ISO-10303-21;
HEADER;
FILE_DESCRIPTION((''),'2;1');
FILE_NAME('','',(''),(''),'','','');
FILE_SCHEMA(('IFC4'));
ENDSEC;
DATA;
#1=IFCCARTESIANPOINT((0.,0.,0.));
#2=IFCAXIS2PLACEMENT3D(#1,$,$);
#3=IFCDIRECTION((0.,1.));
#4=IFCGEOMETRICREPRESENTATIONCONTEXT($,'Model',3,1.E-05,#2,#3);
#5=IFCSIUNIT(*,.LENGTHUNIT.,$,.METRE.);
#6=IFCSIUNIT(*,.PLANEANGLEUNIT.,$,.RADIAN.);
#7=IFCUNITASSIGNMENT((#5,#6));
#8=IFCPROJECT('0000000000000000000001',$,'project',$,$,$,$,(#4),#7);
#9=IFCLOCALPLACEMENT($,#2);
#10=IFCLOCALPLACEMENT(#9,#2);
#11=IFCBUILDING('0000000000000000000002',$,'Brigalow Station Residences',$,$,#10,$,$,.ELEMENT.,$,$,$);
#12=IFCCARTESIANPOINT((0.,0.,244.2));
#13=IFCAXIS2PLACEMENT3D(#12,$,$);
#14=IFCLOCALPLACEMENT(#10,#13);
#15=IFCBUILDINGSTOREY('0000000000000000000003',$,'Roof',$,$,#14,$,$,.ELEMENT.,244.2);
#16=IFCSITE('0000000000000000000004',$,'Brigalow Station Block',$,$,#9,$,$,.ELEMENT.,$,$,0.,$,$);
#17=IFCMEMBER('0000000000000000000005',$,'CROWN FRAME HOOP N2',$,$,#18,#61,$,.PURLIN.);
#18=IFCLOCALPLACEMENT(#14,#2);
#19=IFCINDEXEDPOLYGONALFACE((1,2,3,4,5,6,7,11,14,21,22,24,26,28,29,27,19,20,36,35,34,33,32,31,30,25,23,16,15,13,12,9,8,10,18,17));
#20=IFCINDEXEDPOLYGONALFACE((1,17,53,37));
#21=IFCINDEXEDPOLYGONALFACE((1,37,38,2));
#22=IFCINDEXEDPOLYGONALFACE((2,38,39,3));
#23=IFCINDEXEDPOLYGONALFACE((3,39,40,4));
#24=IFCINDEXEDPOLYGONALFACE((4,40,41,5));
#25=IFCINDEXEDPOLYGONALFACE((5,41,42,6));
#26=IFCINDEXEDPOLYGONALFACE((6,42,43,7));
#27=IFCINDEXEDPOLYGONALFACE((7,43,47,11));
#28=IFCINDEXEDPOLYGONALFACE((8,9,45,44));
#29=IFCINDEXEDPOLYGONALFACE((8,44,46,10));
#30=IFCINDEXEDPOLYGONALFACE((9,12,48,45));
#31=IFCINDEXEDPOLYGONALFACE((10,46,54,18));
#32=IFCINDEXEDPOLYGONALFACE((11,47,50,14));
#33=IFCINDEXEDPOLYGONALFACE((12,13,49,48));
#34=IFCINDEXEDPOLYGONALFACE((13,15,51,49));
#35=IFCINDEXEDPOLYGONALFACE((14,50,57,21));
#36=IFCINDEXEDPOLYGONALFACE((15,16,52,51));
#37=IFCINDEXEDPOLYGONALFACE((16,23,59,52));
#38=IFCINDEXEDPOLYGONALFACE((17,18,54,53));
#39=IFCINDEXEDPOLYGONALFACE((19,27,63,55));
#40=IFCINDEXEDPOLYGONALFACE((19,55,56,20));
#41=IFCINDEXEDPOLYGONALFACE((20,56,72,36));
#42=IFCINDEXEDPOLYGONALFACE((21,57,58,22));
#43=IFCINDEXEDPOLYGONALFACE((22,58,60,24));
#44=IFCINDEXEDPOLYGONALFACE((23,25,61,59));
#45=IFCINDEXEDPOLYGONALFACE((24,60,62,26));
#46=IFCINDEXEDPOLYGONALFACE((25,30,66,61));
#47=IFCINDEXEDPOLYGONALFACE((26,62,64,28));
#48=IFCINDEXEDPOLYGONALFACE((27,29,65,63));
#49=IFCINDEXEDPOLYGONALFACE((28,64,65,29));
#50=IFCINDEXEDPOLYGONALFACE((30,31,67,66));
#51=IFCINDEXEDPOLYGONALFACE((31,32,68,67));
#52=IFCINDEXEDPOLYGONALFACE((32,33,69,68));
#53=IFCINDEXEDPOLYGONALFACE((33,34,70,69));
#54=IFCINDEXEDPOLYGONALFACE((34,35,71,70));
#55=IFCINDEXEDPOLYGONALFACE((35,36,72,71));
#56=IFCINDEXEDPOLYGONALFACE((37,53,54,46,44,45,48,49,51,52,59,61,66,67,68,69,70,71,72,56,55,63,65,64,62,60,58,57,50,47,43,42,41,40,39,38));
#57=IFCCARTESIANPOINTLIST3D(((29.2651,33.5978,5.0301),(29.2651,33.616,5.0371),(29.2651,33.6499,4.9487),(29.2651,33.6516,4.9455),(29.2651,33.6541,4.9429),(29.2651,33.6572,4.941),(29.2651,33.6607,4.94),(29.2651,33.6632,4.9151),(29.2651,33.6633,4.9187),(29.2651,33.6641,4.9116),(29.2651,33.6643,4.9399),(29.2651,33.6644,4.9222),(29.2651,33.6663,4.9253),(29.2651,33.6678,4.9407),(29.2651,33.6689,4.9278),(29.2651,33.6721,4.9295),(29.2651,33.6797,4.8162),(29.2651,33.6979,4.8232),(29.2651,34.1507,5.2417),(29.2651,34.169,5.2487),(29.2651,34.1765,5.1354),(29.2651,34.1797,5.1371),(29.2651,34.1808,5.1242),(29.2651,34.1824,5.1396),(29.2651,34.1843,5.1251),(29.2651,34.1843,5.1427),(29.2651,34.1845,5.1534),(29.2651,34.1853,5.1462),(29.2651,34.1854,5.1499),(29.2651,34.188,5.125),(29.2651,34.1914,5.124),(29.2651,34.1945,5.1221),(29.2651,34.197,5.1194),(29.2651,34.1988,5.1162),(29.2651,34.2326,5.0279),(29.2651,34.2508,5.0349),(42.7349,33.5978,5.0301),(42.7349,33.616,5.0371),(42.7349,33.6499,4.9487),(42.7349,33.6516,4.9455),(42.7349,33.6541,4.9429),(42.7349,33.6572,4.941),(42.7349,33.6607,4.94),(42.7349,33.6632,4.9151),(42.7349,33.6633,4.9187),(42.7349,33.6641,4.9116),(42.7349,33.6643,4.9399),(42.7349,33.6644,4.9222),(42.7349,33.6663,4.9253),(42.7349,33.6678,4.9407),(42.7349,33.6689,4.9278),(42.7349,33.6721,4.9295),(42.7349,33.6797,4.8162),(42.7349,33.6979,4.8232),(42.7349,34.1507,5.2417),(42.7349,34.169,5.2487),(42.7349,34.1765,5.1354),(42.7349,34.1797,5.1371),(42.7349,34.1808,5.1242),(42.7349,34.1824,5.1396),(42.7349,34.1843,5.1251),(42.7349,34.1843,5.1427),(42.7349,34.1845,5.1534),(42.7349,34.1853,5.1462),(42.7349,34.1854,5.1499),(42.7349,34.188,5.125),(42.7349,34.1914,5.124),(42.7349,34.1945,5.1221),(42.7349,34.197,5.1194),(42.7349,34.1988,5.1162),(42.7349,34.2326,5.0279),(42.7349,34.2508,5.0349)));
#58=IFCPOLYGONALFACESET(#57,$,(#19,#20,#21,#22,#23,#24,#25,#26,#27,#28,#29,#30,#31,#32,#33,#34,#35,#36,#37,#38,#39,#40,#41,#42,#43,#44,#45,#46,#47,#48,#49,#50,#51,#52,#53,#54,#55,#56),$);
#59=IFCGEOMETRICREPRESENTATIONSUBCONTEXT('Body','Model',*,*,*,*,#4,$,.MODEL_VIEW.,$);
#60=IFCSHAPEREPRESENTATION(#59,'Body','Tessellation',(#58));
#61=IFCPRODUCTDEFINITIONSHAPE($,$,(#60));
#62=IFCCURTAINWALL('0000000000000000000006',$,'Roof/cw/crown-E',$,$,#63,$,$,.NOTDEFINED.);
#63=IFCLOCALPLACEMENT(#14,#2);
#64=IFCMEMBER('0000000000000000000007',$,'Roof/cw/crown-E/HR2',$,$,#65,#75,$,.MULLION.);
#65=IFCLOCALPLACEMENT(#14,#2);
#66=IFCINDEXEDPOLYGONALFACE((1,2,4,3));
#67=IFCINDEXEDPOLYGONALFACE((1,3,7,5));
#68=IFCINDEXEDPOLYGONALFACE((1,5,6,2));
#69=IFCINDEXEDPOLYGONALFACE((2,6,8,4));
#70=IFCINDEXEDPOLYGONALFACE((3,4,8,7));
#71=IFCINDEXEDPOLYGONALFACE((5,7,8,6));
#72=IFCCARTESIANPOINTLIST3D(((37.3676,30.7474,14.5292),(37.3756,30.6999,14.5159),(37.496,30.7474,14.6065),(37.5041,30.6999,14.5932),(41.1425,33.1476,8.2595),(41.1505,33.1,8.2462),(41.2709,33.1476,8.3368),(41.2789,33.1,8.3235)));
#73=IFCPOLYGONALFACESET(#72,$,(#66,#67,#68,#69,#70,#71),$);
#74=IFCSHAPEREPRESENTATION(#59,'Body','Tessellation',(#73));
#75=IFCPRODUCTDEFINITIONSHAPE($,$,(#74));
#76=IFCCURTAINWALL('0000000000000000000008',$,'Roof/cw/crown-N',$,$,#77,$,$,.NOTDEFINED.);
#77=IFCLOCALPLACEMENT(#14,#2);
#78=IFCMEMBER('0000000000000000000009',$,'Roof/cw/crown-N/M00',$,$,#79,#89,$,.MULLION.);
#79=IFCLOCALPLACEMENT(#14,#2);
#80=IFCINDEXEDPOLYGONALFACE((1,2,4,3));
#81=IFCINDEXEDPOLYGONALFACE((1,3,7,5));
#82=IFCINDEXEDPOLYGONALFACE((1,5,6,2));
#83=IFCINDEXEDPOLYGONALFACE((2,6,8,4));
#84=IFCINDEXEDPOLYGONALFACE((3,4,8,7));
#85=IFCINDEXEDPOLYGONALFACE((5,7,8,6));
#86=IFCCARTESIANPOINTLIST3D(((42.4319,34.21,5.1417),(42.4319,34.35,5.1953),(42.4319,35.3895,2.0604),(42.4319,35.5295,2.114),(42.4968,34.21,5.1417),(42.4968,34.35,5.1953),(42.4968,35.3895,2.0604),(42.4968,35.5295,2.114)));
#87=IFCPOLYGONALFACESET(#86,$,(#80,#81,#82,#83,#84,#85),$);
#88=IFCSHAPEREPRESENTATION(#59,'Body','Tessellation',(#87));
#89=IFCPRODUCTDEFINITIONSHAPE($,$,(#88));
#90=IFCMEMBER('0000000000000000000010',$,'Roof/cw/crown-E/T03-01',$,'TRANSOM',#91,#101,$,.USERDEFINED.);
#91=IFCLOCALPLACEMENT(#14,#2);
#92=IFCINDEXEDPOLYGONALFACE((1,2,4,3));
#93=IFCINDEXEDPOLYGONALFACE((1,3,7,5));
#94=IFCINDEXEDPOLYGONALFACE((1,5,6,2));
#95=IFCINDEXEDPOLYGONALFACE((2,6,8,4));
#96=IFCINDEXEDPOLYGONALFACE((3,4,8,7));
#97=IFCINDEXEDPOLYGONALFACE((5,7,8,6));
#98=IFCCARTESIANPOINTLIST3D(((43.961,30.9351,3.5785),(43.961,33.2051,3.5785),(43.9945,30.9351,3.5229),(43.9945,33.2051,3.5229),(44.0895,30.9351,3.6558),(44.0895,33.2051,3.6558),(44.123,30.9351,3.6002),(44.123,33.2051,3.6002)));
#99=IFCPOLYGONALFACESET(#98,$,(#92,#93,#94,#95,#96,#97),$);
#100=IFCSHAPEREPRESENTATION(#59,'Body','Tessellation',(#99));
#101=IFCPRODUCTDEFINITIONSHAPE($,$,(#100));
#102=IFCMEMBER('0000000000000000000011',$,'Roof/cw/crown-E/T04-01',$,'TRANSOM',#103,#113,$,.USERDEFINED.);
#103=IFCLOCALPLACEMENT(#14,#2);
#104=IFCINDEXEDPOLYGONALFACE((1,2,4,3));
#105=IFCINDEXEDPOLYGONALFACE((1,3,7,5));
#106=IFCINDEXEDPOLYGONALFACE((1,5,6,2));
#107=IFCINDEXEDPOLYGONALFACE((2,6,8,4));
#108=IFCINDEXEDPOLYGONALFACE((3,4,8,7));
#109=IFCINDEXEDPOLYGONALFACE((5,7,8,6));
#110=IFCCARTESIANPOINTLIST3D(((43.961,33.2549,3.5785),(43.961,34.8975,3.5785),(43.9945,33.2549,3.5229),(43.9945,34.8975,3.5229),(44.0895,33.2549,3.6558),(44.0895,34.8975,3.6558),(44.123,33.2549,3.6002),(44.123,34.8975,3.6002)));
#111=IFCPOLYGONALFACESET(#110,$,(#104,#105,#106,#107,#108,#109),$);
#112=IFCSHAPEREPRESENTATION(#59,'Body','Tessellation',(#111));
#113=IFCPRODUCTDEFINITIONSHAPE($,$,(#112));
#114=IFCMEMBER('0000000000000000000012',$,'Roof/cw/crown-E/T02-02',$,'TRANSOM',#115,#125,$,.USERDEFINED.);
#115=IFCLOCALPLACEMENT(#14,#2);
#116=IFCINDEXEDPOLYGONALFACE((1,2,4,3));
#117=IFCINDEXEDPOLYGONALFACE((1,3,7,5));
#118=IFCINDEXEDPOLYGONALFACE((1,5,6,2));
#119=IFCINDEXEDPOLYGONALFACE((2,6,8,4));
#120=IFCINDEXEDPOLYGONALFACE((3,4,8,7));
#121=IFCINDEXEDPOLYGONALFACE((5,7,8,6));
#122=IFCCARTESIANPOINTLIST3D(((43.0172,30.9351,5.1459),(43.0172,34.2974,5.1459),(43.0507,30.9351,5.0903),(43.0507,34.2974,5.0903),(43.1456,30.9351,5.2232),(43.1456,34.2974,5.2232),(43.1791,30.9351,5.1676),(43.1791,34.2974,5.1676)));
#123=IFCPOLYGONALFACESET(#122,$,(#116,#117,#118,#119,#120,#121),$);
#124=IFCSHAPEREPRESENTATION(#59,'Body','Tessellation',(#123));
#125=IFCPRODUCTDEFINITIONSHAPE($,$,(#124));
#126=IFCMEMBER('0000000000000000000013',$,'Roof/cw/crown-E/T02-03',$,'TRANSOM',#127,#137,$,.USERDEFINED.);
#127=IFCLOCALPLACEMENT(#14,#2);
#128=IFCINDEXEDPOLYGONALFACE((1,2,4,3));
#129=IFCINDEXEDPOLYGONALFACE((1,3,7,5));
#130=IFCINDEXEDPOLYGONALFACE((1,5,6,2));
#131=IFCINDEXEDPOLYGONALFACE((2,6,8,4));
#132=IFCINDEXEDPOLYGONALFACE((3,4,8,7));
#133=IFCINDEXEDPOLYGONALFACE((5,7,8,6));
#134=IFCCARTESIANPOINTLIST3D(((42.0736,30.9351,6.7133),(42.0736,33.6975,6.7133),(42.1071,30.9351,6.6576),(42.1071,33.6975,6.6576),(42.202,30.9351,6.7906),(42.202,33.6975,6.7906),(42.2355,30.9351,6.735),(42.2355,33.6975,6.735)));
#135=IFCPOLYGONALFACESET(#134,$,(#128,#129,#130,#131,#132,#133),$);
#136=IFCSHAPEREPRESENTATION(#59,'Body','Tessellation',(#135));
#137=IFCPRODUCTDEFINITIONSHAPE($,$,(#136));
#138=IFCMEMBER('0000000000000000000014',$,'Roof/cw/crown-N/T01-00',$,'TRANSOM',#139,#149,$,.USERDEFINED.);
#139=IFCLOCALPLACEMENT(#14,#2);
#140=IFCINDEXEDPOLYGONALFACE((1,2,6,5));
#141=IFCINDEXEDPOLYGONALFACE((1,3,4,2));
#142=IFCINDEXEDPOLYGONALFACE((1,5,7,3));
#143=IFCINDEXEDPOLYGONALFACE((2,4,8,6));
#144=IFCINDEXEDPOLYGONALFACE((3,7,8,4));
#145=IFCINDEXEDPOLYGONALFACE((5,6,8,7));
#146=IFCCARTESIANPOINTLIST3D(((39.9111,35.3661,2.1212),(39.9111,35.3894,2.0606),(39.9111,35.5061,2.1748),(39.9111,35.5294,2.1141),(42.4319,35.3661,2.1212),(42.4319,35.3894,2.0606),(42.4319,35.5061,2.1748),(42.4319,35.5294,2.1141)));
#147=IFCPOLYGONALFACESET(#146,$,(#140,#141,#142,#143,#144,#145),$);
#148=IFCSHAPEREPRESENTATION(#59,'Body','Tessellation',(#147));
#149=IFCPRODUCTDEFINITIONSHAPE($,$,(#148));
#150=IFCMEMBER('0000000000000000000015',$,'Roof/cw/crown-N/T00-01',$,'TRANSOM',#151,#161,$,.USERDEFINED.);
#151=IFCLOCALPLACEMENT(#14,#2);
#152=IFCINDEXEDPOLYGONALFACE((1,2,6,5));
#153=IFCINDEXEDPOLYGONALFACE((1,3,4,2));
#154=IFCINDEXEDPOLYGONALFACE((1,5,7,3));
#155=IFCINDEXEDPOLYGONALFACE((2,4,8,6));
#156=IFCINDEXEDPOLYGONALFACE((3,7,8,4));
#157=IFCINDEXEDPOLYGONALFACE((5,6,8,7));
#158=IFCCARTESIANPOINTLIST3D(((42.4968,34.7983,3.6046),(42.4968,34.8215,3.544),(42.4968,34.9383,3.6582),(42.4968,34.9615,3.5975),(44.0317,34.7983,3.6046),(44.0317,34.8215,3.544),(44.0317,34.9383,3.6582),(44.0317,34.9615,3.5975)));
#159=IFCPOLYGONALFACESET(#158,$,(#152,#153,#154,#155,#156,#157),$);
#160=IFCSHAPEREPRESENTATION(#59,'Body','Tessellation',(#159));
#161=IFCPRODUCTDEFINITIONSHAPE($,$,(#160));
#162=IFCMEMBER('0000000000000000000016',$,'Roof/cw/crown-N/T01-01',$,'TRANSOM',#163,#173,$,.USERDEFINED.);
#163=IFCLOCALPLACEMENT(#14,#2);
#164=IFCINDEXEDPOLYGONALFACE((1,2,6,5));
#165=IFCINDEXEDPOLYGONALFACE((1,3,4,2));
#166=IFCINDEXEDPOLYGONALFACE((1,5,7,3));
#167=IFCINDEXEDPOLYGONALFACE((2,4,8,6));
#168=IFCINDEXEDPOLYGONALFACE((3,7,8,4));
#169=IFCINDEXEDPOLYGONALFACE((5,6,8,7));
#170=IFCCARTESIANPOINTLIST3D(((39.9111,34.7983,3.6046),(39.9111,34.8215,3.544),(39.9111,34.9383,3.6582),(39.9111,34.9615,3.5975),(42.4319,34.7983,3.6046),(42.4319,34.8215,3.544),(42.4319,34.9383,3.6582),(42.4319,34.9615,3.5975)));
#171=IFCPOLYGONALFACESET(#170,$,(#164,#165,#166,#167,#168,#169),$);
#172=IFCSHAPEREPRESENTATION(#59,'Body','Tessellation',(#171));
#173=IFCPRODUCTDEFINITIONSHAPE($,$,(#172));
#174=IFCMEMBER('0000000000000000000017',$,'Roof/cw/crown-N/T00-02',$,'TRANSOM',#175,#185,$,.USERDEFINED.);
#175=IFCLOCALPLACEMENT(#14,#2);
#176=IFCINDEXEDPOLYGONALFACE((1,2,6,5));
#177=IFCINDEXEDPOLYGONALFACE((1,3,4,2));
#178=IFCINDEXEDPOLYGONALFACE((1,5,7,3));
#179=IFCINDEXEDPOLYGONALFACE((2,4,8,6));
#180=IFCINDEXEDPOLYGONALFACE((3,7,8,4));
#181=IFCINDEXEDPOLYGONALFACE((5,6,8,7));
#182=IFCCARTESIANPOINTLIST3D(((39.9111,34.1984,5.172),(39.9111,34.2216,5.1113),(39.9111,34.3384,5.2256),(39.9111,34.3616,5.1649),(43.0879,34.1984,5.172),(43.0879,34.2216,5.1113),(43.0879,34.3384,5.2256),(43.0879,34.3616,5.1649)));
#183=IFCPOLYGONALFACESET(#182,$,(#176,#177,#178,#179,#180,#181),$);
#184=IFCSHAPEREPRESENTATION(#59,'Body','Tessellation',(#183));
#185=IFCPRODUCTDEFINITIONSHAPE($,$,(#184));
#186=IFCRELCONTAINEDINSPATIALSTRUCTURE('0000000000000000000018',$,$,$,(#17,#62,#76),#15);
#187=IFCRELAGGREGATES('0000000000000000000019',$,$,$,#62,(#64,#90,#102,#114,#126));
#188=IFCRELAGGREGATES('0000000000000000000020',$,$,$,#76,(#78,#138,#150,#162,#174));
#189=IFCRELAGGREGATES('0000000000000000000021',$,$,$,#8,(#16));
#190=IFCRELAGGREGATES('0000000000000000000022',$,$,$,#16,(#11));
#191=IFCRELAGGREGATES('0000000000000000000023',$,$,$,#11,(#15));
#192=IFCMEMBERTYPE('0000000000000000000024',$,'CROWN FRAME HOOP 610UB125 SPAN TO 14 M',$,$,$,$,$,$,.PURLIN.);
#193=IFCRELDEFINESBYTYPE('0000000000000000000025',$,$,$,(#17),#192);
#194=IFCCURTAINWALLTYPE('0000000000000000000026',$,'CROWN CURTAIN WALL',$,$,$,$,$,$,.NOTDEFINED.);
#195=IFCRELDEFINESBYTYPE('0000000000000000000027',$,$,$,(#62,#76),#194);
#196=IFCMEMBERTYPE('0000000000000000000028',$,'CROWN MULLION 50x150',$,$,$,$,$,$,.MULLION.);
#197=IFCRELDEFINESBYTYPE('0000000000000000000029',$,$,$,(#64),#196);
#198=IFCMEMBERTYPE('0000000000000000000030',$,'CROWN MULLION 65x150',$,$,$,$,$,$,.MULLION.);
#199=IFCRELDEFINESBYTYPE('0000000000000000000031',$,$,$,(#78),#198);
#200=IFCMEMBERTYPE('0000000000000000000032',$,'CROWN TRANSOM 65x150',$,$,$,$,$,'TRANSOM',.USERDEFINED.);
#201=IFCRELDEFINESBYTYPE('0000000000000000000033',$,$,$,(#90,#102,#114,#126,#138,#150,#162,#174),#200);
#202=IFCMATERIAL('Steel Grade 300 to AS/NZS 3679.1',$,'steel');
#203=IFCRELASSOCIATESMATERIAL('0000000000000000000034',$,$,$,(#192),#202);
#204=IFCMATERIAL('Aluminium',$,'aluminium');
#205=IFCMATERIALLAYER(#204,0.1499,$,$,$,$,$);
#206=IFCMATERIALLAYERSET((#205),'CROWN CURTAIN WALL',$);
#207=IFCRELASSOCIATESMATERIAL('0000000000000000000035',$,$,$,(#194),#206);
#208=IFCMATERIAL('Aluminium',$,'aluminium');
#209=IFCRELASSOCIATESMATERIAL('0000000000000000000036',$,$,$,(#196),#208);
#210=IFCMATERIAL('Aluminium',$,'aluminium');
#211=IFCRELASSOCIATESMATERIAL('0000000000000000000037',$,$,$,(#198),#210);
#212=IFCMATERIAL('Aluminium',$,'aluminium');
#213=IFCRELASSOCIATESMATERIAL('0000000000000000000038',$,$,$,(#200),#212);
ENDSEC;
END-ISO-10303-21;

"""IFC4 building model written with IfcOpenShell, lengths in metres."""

from ifc_helpers import new_model, si_unit, direction, frame, origin, origin_2d, place, context, subcontext, project, spatial, rectangle, i_section, extrude, material, layer, layer_set, material_profile, profile_set, type_object, element, aggregate, save


model = new_model("IFC4")

# Units and contexts
model_context = context("Model", 3, precision=1e-05, world=origin(), true_north=direction((0.0, 1.0)))
body_context = subcontext(model_context, "Body", "Model", "MODEL_VIEW")
ifc_project = project(units=[si_unit("LENGTHUNIT", "METRE"), si_unit("PLANEANGLEUNIT", "RADIAN")], contexts=[model_context])

# Site, building, storey
site_placement = place(None, origin())
site = spatial("IfcSite", under=ifc_project, at=site_placement, Name="Brigalow Station Block", CompositionType="ELEMENT", RefElevation=0.0)
building_placement = place(site_placement, origin())
building = spatial("IfcBuilding", under=site, at=building_placement, Name="Brigalow Station Residences", CompositionType="ELEMENT")
storey_placement = place(building_placement, frame((0.0, 0.0, 244.2)))
storey = spatial("IfcBuildingStorey", under=building, at=storey_placement, Name="Roof", CompositionType="ELEMENT", Elevation=244.2)

# Member
ifc_material_1 = material(Name="Steel Grade 300 to AS/NZS 3679.1", Category="steel")
ifc_material_profile_1 = material_profile(ifc_material_1, i_section(OverallWidth=0.229, OverallDepth=0.6116, WebThickness=0.012, FlangeThickness=0.0195, FilletRadius=0.0139, at=origin_2d()), Name="610UB125")
ifc_profile_set_1 = profile_set([ifc_material_profile_1], Name="Steel Grade 300 to AS/NZS 3679.1")
member_type_1 = type_object("IfcMemberType", Name="CROWN FRAME HOOP 610UB125 SPAN TO 14 M", PredefinedType="PURLIN", material=ifc_profile_set_1)
member_1_placement = place(storey_placement, frame((42.7349, 33.9243, 5.0325), z_axis=(-1.0, 0.0, 0.0), x_axis=(0.0, -0.357491, 0.933917)))
element("IfcMember", 1, at=member_1_placement, inside=storey, type_object=member_type_1, Name="CROWN FRAME HOOP N2", PredefinedType="PURLIN", context=body_context, shape_type="SweptSolid", body=[
    extrude(i_section(OverallWidth=0.229, OverallDepth=0.6116, WebThickness=0.012, FlangeThickness=0.0195, FilletRadius=0.0139, at=origin_2d()), origin(), (0.0, 0.0, 1.0), 13.4697),
])

# Curtain walls, members
ifc_material_2 = material(Name="Aluminium", Category="aluminium")
ifc_layer_1 = layer(ifc_material_2, 0.1499)
ifc_layer_set_1 = layer_set([ifc_layer_1], Name="CROWN CURTAIN WALL")
curtain_wall_type = type_object("IfcCurtainWallType", Name="CROWN CURTAIN WALL", PredefinedType="NOTDEFINED", material=ifc_layer_set_1)
curtain_wall_1_placement = place(storey_placement, origin())
curtain_wall_1 = element("IfcCurtainWall", 2, at=curtain_wall_1_placement, inside=storey, type_object=curtain_wall_type, Name="Roof/cw/crown-E", PredefinedType="NOTDEFINED")
ifc_material_3 = material(Name="Aluminium", Category="aluminium")
ifc_material_profile_2 = material_profile(ifc_material_3, rectangle(XDim=0.05, YDim=0.1499, at=origin_2d()), Name="CROWN MULLION 50x150")
ifc_profile_set_2 = profile_set([ifc_material_profile_2], Name="Aluminium")
member_type_2 = type_object("IfcMemberType", Name="CROWN MULLION 50x150", PredefinedType="MULLION", material=ifc_profile_set_2)
member_2_placement = place(storey_placement, frame((41.2107, 33.1238, 8.2915), z_axis=(-0.49012, -0.311627, 0.814046), x_axis=(0.160768, -0.950205, -0.266955)))
member_2 = element("IfcMember", 3, at=member_2_placement, type_object=member_type_2, Name="Roof/cw/crown-E/HR2", PredefinedType="MULLION", context=body_context, shape_type="SweptSolid", body=[
    extrude(rectangle(XDim=0.05, YDim=0.1499, at=origin_2d()), origin(), (0.0, 0.0, 1.0), 7.7019),
])
curtain_wall_2_placement = place(storey_placement, origin())
curtain_wall_2 = element("IfcCurtainWall", 4, at=curtain_wall_2_placement, inside=storey, type_object=curtain_wall_type, Name="Roof/cw/crown-N", PredefinedType="NOTDEFINED")
ifc_material_4 = material(Name="Aluminium", Category="aluminium")
ifc_material_profile_3 = material_profile(ifc_material_4, rectangle(XDim=0.0649, YDim=0.1499, at=origin_2d()), Name="CROWN MULLION 65x150")
ifc_profile_set_3 = profile_set([ifc_material_profile_3], Name="Aluminium")
member_type_3 = type_object("IfcMemberType", Name="CROWN MULLION 65x150", PredefinedType="MULLION", material=ifc_profile_set_3)
member_3_placement = place(storey_placement, frame((42.4644, 35.4595, 2.0872), z_axis=(0.0, -0.357481, 0.93392), x_axis=(1.0, 0.0, 0.0)))
member_3 = element("IfcMember", 5, at=member_3_placement, type_object=member_type_3, Name="Roof/cw/crown-N/M00", PredefinedType="MULLION", context=body_context, shape_type="SweptSolid", body=[
    extrude(rectangle(XDim=0.0649, YDim=0.1499, at=origin_2d()), origin(), (0.0, 0.0, 1.0), 3.2993),
])

# Members
ifc_material_5 = material(Name="Aluminium", Category="aluminium")
ifc_material_profile_4 = material_profile(ifc_material_5, rectangle(XDim=0.0649, YDim=0.1499, at=origin_2d()), Name="CROWN TRANSOM 65x150")
ifc_profile_set_4 = profile_set([ifc_material_profile_4], Name="Aluminium")
member_type_4 = type_object("IfcMemberType", Name="CROWN TRANSOM 65x150", ElementType="TRANSOM", PredefinedType="USERDEFINED", material=ifc_profile_set_4)
member_4_placement = place(storey_placement, frame((44.042, 30.9351, 3.5894), z_axis=(0.0, 1.0, 0.0), x_axis=(-0.515813, 0.0, 0.856701)))
member_4 = element("IfcMember", 6, at=member_4_placement, type_object=member_type_4, Name="Roof/cw/crown-E/T03-01", ObjectType="TRANSOM", PredefinedType="USERDEFINED", context=body_context, shape_type="SweptSolid", body=[
    extrude(rectangle(XDim=0.0649, YDim=0.1499, at=origin_2d()), origin(), (0.0, 0.0, 1.0), 2.27),
])
member_5_placement = place(storey_placement, frame((44.042, 33.2549, 3.5894), z_axis=(0.0, 1.0, 0.0), x_axis=(-0.515813, 0.0, 0.856701)))
member_5 = element("IfcMember", 7, at=member_5_placement, type_object=member_type_4, Name="Roof/cw/crown-E/T04-01", ObjectType="TRANSOM", PredefinedType="USERDEFINED", context=body_context, shape_type="SweptSolid", body=[
    extrude(rectangle(XDim=0.0649, YDim=0.1499, at=origin_2d()), origin(), (0.0, 0.0, 1.0), 1.6426),
])
member_6_placement = place(storey_placement, frame((43.0981, 30.9351, 5.1567), z_axis=(0.0, 1.0, 0.0), x_axis=(-0.515813, 0.0, 0.856701)))
member_6 = element("IfcMember", 8, at=member_6_placement, type_object=member_type_4, Name="Roof/cw/crown-E/T02-02", ObjectType="TRANSOM", PredefinedType="USERDEFINED", context=body_context, shape_type="SweptSolid", body=[
    extrude(rectangle(XDim=0.0649, YDim=0.1499, at=origin_2d()), origin(), (0.0, 0.0, 1.0), 3.3623),
])
member_7_placement = place(storey_placement, frame((42.1545, 30.9351, 6.7241), z_axis=(0.0, 1.0, 0.0), x_axis=(-0.515813, 0.0, 0.856701)))
member_7 = element("IfcMember", 9, at=member_7_placement, type_object=member_type_4, Name="Roof/cw/crown-E/T02-03", ObjectType="TRANSOM", PredefinedType="USERDEFINED", context=body_context, shape_type="SweptSolid", body=[
    extrude(rectangle(XDim=0.0649, YDim=0.1499, at=origin_2d()), origin(), (0.0, 0.0, 1.0), 2.7625),
])
member_8_placement = place(storey_placement, frame((42.4319, 35.4478, 2.1177), z_axis=(-1.0, 0.0, 0.0), x_axis=(0.0, -0.357491, 0.933917)))
member_8 = element("IfcMember", 10, at=member_8_placement, type_object=member_type_4, Name="Roof/cw/crown-N/T01-00", ObjectType="TRANSOM", PredefinedType="USERDEFINED", context=body_context, shape_type="SweptSolid", body=[
    extrude(rectangle(XDim=0.0649, YDim=0.1499, at=origin_2d()), origin(), (0.0, 0.0, 1.0), 2.5208),
])
member_9_placement = place(storey_placement, frame((44.0317, 34.8799, 3.6011), z_axis=(-1.0, 0.0, 0.0), x_axis=(0.0, -0.357491, 0.933917)))
member_9 = element("IfcMember", 11, at=member_9_placement, type_object=member_type_4, Name="Roof/cw/crown-N/T00-01", ObjectType="TRANSOM", PredefinedType="USERDEFINED", context=body_context, shape_type="SweptSolid", body=[
    extrude(rectangle(XDim=0.0649, YDim=0.1499, at=origin_2d()), origin(), (0.0, 0.0, 1.0), 1.5349),
])
member_10_placement = place(storey_placement, frame((42.4319, 34.8799, 3.6011), z_axis=(-1.0, 0.0, 0.0), x_axis=(0.0, -0.357491, 0.933917)))
member_10 = element("IfcMember", 12, at=member_10_placement, type_object=member_type_4, Name="Roof/cw/crown-N/T01-01", ObjectType="TRANSOM", PredefinedType="USERDEFINED", context=body_context, shape_type="SweptSolid", body=[
    extrude(rectangle(XDim=0.0649, YDim=0.1499, at=origin_2d()), origin(), (0.0, 0.0, 1.0), 2.5208),
])
member_11_placement = place(storey_placement, frame((43.0879, 34.28, 5.1685), z_axis=(-1.0, 0.0, 0.0), x_axis=(0.0, -0.357491, 0.933917)))
member_11 = element("IfcMember", 13, at=member_11_placement, type_object=member_type_4, Name="Roof/cw/crown-N/T00-02", ObjectType="TRANSOM", PredefinedType="USERDEFINED", context=body_context, shape_type="SweptSolid", body=[
    extrude(rectangle(XDim=0.0649, YDim=0.1499, at=origin_2d()), origin(), (0.0, 0.0, 1.0), 3.1768),
])

aggregate(curtain_wall_1, [member_2, member_4, member_5, member_6, member_7])
aggregate(curtain_wall_2, [member_3, member_8, member_9, member_10, member_11])

save(model, "model.ifc")
